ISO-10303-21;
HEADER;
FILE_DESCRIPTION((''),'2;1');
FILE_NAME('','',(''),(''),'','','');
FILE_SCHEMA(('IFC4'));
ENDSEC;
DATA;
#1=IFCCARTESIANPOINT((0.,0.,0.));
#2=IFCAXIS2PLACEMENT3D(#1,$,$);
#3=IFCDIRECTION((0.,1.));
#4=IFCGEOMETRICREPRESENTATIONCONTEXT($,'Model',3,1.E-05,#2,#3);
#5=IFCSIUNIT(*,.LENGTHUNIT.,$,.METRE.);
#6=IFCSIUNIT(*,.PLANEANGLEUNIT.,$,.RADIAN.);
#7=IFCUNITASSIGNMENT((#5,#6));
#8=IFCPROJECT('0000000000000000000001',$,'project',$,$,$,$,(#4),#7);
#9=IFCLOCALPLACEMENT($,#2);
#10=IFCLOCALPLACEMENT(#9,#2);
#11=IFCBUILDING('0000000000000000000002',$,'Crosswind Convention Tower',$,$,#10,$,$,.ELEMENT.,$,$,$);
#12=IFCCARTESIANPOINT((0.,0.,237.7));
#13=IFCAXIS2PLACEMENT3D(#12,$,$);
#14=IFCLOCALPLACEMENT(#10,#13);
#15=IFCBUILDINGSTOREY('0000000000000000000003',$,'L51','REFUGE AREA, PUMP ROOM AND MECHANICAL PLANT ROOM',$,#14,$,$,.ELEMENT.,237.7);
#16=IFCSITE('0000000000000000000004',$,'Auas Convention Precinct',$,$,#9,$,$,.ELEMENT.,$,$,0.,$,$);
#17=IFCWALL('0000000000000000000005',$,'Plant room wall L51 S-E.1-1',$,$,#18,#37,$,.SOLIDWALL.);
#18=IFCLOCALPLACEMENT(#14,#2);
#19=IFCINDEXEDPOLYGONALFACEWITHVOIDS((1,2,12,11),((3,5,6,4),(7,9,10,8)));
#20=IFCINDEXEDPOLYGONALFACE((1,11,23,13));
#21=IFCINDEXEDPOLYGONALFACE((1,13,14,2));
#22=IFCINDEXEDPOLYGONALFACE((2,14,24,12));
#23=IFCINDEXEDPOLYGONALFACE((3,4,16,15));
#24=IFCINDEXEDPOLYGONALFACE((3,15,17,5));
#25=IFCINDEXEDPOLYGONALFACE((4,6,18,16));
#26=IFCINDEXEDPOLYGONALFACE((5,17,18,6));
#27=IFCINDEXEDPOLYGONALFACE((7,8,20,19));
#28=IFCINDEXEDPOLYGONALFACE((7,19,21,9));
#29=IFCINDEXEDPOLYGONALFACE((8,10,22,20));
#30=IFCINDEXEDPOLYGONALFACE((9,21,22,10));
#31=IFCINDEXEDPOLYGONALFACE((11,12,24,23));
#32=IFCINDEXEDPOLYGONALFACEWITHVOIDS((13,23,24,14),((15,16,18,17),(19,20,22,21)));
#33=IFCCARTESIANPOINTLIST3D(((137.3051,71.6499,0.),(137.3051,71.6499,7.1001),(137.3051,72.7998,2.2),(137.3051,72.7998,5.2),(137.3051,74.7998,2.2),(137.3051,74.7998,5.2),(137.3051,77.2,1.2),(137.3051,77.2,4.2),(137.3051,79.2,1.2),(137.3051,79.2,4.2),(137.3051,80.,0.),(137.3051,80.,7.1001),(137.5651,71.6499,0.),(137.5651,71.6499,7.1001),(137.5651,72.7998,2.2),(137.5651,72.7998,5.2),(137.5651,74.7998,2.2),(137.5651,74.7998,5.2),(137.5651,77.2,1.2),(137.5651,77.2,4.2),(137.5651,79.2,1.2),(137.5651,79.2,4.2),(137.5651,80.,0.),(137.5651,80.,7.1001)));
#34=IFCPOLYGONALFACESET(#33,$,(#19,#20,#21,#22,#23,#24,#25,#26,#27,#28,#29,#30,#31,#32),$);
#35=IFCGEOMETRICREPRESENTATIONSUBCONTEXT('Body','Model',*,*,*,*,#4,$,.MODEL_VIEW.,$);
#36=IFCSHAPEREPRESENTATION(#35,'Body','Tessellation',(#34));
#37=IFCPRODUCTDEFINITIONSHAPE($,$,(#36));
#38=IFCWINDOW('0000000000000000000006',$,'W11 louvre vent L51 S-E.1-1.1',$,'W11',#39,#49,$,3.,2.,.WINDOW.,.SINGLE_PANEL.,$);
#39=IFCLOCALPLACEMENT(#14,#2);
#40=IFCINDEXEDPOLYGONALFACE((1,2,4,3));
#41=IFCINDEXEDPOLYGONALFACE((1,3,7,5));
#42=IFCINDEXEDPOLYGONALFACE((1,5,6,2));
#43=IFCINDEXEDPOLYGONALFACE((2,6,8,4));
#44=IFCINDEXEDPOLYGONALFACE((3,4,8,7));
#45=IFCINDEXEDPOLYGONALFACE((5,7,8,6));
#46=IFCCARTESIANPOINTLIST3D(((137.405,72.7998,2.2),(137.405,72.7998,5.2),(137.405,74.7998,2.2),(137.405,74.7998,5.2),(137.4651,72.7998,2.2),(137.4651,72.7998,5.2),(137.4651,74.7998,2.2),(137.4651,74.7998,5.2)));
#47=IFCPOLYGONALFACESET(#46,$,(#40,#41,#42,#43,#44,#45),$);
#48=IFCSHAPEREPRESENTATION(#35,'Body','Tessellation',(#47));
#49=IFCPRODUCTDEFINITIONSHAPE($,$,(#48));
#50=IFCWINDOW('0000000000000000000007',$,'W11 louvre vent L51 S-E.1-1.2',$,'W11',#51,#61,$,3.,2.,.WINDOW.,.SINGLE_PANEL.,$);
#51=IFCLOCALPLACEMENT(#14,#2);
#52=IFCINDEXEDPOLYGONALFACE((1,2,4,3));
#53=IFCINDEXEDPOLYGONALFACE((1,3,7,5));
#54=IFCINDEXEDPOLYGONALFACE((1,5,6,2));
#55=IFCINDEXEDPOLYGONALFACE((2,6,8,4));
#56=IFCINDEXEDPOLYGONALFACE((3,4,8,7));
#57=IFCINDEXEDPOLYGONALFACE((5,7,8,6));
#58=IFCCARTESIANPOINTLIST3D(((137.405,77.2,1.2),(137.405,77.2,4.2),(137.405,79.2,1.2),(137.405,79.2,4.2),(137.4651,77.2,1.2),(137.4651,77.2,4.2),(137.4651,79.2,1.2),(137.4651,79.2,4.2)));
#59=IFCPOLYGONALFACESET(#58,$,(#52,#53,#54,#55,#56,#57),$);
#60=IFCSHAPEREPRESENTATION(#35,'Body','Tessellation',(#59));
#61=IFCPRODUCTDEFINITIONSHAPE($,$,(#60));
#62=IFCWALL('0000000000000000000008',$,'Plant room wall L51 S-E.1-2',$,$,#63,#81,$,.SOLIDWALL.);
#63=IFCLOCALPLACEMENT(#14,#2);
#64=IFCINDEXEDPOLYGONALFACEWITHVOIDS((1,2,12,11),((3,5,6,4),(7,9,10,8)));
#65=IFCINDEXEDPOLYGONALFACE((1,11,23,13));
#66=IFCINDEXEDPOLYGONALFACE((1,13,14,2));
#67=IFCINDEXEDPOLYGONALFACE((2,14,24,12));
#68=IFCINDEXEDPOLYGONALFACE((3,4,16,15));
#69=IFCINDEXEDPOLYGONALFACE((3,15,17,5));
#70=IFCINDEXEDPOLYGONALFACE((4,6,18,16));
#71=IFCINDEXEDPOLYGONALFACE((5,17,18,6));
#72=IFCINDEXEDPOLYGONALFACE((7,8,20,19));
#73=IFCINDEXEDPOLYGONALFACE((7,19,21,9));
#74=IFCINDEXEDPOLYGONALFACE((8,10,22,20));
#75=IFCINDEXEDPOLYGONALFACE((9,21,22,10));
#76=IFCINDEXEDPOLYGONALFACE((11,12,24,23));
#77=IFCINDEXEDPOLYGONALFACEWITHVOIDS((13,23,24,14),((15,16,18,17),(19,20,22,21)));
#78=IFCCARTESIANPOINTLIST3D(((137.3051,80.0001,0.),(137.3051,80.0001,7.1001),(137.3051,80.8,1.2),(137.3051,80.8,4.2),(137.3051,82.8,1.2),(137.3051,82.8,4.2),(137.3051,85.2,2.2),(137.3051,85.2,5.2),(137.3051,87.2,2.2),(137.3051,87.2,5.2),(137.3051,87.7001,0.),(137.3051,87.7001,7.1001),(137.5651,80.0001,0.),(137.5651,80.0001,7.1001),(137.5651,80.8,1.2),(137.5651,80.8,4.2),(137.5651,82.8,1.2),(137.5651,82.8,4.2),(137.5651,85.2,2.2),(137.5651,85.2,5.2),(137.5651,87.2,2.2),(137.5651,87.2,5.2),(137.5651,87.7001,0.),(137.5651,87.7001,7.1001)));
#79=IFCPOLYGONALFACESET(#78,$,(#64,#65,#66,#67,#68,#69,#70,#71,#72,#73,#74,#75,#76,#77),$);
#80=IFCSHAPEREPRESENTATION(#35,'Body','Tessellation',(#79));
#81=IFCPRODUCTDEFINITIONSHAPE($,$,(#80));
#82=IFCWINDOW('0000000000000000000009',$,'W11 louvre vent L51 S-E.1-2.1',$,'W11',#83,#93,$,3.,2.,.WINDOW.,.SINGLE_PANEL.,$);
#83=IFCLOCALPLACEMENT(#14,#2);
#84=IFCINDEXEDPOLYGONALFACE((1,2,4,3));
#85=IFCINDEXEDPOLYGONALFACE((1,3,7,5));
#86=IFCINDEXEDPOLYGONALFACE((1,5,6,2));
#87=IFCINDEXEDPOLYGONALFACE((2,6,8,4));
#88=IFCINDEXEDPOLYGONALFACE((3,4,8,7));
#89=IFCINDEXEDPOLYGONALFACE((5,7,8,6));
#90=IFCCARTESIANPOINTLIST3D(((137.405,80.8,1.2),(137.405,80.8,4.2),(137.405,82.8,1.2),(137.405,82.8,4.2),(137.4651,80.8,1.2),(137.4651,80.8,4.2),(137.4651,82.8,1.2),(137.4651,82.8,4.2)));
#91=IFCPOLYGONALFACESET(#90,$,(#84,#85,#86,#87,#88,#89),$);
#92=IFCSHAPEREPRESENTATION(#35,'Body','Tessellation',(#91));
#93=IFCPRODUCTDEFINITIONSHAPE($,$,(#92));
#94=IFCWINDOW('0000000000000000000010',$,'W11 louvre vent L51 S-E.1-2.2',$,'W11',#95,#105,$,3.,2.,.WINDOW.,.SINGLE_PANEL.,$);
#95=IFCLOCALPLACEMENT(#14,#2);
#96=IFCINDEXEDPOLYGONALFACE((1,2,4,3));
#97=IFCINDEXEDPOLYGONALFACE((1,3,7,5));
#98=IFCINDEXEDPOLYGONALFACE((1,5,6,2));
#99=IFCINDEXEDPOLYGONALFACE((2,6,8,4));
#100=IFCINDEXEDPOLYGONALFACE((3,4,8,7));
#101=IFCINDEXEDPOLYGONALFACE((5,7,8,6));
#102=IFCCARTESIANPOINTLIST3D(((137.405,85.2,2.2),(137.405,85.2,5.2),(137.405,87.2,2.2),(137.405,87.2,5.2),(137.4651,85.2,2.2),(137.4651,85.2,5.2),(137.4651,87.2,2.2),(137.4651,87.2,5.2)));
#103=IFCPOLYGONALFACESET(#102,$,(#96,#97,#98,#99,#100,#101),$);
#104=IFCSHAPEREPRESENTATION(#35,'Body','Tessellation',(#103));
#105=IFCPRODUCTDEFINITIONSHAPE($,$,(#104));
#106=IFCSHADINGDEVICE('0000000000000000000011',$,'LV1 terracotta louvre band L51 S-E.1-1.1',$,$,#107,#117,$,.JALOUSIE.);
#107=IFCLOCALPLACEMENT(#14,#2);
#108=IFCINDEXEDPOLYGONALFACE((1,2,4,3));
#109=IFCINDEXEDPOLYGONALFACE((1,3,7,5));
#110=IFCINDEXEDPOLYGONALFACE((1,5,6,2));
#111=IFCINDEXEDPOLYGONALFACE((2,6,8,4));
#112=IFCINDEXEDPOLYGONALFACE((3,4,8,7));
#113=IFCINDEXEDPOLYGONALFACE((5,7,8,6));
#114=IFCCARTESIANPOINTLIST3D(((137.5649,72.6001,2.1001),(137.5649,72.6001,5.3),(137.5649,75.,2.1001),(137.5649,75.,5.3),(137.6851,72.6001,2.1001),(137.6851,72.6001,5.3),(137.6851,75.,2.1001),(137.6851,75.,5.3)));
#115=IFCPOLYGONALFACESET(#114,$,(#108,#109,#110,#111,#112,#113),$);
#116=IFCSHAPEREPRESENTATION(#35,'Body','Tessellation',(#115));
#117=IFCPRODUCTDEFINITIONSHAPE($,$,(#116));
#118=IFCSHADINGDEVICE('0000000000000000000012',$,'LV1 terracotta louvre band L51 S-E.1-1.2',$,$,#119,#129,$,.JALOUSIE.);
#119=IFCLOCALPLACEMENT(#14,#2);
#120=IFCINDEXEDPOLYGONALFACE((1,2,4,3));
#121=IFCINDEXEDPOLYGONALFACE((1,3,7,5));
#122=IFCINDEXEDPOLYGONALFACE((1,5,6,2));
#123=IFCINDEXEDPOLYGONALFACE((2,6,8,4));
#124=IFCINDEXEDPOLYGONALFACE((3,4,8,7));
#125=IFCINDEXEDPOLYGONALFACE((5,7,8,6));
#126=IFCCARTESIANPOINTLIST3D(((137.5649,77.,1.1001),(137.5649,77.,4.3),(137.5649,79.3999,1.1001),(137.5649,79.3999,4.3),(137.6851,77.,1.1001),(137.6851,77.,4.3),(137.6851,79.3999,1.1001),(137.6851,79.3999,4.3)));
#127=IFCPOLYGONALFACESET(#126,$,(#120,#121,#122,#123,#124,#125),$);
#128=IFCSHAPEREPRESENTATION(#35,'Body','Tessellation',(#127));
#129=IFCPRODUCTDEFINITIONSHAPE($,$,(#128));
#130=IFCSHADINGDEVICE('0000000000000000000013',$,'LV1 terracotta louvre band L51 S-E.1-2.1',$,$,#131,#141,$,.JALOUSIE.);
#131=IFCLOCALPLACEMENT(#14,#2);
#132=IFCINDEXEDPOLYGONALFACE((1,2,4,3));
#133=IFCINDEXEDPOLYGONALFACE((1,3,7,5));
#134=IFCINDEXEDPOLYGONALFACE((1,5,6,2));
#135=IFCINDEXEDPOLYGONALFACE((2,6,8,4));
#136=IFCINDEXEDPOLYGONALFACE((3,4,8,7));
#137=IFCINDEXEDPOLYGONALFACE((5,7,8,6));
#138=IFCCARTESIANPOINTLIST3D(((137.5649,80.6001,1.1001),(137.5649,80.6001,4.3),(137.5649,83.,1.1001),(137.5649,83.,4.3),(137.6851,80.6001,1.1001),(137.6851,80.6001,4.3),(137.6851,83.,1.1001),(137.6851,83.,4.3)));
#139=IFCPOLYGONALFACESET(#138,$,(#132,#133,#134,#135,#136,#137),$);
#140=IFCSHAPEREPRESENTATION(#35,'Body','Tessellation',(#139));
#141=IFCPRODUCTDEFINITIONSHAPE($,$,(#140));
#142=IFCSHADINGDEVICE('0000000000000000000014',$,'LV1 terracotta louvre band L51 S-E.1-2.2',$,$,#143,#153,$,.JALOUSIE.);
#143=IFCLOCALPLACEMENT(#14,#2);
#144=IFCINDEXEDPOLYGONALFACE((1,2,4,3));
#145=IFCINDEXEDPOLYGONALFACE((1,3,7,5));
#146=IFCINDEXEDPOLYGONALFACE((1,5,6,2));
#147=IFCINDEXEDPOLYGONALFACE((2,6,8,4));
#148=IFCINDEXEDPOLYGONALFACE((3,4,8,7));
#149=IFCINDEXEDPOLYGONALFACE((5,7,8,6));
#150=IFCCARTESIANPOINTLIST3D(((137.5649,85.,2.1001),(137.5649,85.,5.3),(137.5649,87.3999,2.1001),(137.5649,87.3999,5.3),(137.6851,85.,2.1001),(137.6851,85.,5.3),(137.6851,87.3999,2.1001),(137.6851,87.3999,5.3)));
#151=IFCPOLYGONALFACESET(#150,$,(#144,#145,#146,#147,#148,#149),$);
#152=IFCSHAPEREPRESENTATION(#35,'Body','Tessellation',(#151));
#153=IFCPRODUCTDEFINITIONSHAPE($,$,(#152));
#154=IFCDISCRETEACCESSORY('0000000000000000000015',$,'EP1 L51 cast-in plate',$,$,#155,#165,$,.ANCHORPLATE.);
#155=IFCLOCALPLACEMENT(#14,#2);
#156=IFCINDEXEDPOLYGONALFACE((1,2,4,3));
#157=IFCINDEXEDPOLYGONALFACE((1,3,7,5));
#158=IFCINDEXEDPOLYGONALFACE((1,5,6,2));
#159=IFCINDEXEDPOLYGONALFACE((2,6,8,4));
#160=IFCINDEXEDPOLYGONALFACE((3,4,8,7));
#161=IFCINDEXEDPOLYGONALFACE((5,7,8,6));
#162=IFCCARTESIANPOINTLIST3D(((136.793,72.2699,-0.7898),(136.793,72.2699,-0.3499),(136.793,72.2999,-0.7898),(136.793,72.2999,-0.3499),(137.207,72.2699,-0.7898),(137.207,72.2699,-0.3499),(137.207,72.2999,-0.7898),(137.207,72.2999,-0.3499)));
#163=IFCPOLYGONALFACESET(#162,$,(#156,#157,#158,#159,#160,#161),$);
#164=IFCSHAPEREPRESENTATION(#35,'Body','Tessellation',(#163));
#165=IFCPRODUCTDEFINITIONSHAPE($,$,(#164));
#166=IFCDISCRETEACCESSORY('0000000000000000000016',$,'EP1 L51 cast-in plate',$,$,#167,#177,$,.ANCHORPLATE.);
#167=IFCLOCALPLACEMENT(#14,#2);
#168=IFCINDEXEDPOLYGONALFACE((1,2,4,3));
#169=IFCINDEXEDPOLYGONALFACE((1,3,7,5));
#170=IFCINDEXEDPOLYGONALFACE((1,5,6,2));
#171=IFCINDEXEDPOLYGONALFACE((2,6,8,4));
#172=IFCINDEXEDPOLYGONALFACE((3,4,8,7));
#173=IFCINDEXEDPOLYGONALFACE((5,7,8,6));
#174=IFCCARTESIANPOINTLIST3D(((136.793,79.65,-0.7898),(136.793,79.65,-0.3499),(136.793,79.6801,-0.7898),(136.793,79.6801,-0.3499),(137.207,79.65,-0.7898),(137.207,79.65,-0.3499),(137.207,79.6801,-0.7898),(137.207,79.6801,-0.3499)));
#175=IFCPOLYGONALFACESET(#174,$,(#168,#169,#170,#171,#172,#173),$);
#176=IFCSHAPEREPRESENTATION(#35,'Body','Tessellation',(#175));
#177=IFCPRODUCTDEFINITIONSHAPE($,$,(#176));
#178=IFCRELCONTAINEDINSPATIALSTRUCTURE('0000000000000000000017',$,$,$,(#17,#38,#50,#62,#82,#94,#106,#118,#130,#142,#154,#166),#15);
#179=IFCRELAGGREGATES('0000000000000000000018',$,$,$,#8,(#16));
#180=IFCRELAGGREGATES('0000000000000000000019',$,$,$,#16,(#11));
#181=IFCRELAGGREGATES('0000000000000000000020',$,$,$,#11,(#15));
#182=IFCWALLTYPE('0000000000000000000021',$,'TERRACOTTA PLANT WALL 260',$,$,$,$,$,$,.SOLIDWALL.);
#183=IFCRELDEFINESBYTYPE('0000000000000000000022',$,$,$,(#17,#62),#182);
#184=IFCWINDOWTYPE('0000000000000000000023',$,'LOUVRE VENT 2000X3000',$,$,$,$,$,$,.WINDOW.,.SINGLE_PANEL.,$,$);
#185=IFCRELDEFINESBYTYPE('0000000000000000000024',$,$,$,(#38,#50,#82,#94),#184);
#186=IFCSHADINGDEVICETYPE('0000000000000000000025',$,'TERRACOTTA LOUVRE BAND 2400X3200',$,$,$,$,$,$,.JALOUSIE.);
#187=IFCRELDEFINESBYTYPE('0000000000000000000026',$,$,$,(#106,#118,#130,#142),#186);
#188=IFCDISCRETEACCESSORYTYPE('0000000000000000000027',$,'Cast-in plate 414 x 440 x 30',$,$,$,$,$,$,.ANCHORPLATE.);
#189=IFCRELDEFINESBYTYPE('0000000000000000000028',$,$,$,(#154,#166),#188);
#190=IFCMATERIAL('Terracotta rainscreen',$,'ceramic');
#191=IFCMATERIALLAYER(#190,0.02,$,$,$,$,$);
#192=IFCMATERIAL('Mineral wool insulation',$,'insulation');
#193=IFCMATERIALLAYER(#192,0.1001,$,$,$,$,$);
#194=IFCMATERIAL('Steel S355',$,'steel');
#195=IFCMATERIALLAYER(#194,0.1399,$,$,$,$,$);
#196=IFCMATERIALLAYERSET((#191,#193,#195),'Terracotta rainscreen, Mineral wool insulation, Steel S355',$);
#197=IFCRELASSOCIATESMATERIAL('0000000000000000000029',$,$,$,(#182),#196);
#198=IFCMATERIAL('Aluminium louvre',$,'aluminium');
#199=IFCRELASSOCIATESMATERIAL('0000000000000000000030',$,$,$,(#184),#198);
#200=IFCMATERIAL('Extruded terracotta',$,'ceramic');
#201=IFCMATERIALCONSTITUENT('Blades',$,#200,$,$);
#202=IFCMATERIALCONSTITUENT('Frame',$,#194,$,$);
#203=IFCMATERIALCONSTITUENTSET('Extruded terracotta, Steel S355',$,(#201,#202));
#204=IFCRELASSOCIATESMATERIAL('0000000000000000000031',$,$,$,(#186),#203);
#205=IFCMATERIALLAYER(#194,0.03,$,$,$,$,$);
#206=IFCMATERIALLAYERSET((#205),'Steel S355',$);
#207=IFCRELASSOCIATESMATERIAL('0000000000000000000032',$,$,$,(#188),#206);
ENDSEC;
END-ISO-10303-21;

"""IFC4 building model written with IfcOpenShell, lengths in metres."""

from ifc_helpers import new_model, si_unit, direction, frame, frame_2d, origin, origin_2d, place, context, subcontext, project, spatial, rectangle, extrude, material, layer, layer_set, constituent, constituent_set, type_object, element, fill, save


model = new_model("IFC4")

# Units and contexts
model_context = context("Model", 3, precision=1e-05, world=origin(), true_north=direction((0.0, 1.0)))
body_context = subcontext(model_context, "Body", "Model", "MODEL_VIEW")
ifc_project = project(units=[si_unit("LENGTHUNIT", "METRE"), si_unit("PLANEANGLEUNIT", "RADIAN")], contexts=[model_context])

# Site, building, storey
site_placement = place(None, origin())
site = spatial("IfcSite", under=ifc_project, at=site_placement, Name="Auas Convention Precinct", CompositionType="ELEMENT", RefElevation=0.0)
building_placement = place(site_placement, origin())
building = spatial("IfcBuilding", under=site, at=building_placement, Name="Crosswind Convention Tower", CompositionType="ELEMENT")
storey_placement = place(building_placement, frame((0.0, 0.0, 237.7)))
storey = spatial("IfcBuildingStorey", under=building, at=storey_placement, Name="L51", Description="REFUGE AREA, PUMP ROOM AND MECHANICAL PLANT ROOM", CompositionType="ELEMENT", Elevation=237.7)

# Shared definitions
ifc_material_1 = material(Name="Steel S355", Category="steel")

# Walls, openings, windows
ifc_material_2 = material(Name="Terracotta rainscreen", Category="ceramic")
ifc_layer_1 = layer(ifc_material_2, 0.02)
ifc_material_3 = material(Name="Mineral wool insulation", Category="insulation")
ifc_layer_2 = layer(ifc_material_3, 0.1001)
ifc_layer_3 = layer(ifc_material_1, 0.1399)
ifc_layer_set_1 = layer_set([ifc_layer_1, ifc_layer_2, ifc_layer_3], Name="Terracotta rainscreen, Mineral wool insulation, Steel S355")
wall_type = type_object("IfcWallType", Name="TERRACOTTA PLANT WALL 260", PredefinedType="SOLIDWALL", material=ifc_layer_set_1)
wall_1_placement = place(storey_placement, frame((137.4351, 71.6499, 0.0), z_axis=(0.0, 0.0, 1.0), x_axis=(0.0, 1.0, 0.0)))
wall_1 = element("IfcWall", 1, at=wall_1_placement, inside=storey, type_object=wall_type, Name="Plant room wall L51 S-E.1-1", PredefinedType="SOLIDWALL", context=body_context, shape_type="SweptSolid", body=[
    extrude(rectangle(XDim=8.3501, YDim=0.26, at=frame_2d((4.175, 0.0))), origin(), (0.0, 0.0, 1.0), 7.1001),
])
opening_1_placement = place(wall_1_placement, frame((1.1499, 0.0, 2.2)))
opening_1 = element("IfcOpeningElement", 2, at=opening_1_placement, cuts=wall_1, PredefinedType="OPENING", context=body_context, shape_type="SweptSolid", body=[
    extrude(rectangle(XDim=2.0, YDim=3.0, at=frame_2d((1.0, 1.5))), frame((0.0, 0.1399, 0.0), z_axis=(0.0, -1.0, 0.0), x_axis=(1.0, 0.0, 0.0)), (0.0, 0.0, 1.0), 0.28),
])
opening_2_placement = place(wall_1_placement, frame((5.55, 0.0, 1.2)))
opening_2 = element("IfcOpeningElement", 3, at=opening_2_placement, cuts=wall_1, PredefinedType="OPENING", context=body_context, shape_type="SweptSolid", body=[
    extrude(rectangle(XDim=2.0, YDim=3.0, at=frame_2d((1.0, 1.5))), frame((0.0, 0.1399, 0.0), z_axis=(0.0, -1.0, 0.0), x_axis=(1.0, 0.0, 0.0)), (0.0, 0.0, 1.0), 0.28),
])
ifc_material_4 = material(Name="Aluminium louvre", Category="aluminium")
window_type = type_object("IfcWindowType", Name="LOUVRE VENT 2000X3000", PartitioningType="SINGLE_PANEL", PredefinedType="WINDOW", material=ifc_material_4)
window_1_placement = place(opening_1_placement, origin())
window_1 = element("IfcWindow", 4, at=window_1_placement, inside=storey, type_object=window_type, Name="W11 louvre vent L51 S-E.1-1.1", ObjectType="W11", OverallHeight=3.0, OverallWidth=2.0, PartitioningType="SINGLE_PANEL", PredefinedType="WINDOW", context=body_context, shape_type="SweptSolid", body=[
    extrude(rectangle(XDim=2.0, YDim=3.0, at=frame_2d((1.0, 1.5))), frame((0.0, 0.03, 0.0), z_axis=(0.0, -1.0, 0.0), x_axis=(1.0, 0.0, 0.0)), (0.0, 0.0, 1.0), 0.0601),
])
fill(opening_1, window_1)
window_2_placement = place(opening_2_placement, origin())
window_2 = element("IfcWindow", 5, at=window_2_placement, inside=storey, type_object=window_type, Name="W11 louvre vent L51 S-E.1-1.2", ObjectType="W11", OverallHeight=3.0, OverallWidth=2.0, PartitioningType="SINGLE_PANEL", PredefinedType="WINDOW", context=body_context, shape_type="SweptSolid", body=[
    extrude(rectangle(XDim=2.0, YDim=3.0, at=frame_2d((1.0, 1.5))), frame((0.0, 0.03, 0.0), z_axis=(0.0, -1.0, 0.0), x_axis=(1.0, 0.0, 0.0)), (0.0, 0.0, 1.0), 0.0601),
])
fill(opening_2, window_2)
wall_2_placement = place(storey_placement, frame((137.4351, 80.0, 0.0), z_axis=(0.0, 0.0, 1.0), x_axis=(0.0, 1.0, 0.0)))
wall_2 = element("IfcWall", 6, at=wall_2_placement, inside=storey, type_object=wall_type, Name="Plant room wall L51 S-E.1-2", PredefinedType="SOLIDWALL", context=body_context, shape_type="SweptSolid", body=[
    extrude(rectangle(XDim=7.7, YDim=0.26, at=frame_2d((3.8501, 0.0))), origin(), (0.0, 0.0, 1.0), 7.1001),
])
opening_3_placement = place(wall_2_placement, frame((0.8, 0.0, 1.2)))
opening_3 = element("IfcOpeningElement", 7, at=opening_3_placement, cuts=wall_2, PredefinedType="OPENING", context=body_context, shape_type="SweptSolid", body=[
    extrude(rectangle(XDim=2.0, YDim=3.0, at=frame_2d((1.0, 1.5))), frame((0.0, 0.1399, 0.0), z_axis=(0.0, -1.0, 0.0), x_axis=(1.0, 0.0, 0.0)), (0.0, 0.0, 1.0), 0.28),
])
opening_4_placement = place(wall_2_placement, frame((5.2, 0.0, 2.2)))
opening_4 = element("IfcOpeningElement", 8, at=opening_4_placement, cuts=wall_2, PredefinedType="OPENING", context=body_context, shape_type="SweptSolid", body=[
    extrude(rectangle(XDim=2.0, YDim=3.0, at=frame_2d((1.0, 1.5))), frame((0.0, 0.1399, 0.0), z_axis=(0.0, -1.0, 0.0), x_axis=(1.0, 0.0, 0.0)), (0.0, 0.0, 1.0), 0.28),
])
window_3_placement = place(opening_3_placement, origin())
window_3 = element("IfcWindow", 9, at=window_3_placement, inside=storey, type_object=window_type, Name="W11 louvre vent L51 S-E.1-2.1", ObjectType="W11", OverallHeight=3.0, OverallWidth=2.0, PartitioningType="SINGLE_PANEL", PredefinedType="WINDOW", context=body_context, shape_type="SweptSolid", body=[
    extrude(rectangle(XDim=2.0, YDim=3.0, at=frame_2d((1.0, 1.5))), frame((0.0, 0.03, 0.0), z_axis=(0.0, -1.0, 0.0), x_axis=(1.0, 0.0, 0.0)), (0.0, 0.0, 1.0), 0.0601),
])
fill(opening_3, window_3)
window_4_placement = place(opening_4_placement, origin())
window_4 = element("IfcWindow", 10, at=window_4_placement, inside=storey, type_object=window_type, Name="W11 louvre vent L51 S-E.1-2.2", ObjectType="W11", OverallHeight=3.0, OverallWidth=2.0, PartitioningType="SINGLE_PANEL", PredefinedType="WINDOW", context=body_context, shape_type="SweptSolid", body=[
    extrude(rectangle(XDim=2.0, YDim=3.0, at=frame_2d((1.0, 1.5))), frame((0.0, 0.03, 0.0), z_axis=(0.0, -1.0, 0.0), x_axis=(1.0, 0.0, 0.0)), (0.0, 0.0, 1.0), 0.0601),
])
fill(opening_4, window_4)

# Shading devices
ifc_material_5 = material(Name="Extruded terracotta", Category="ceramic")
ifc_constituent_1 = constituent(ifc_material_5, Name="Blades")
ifc_constituent_2 = constituent(ifc_material_1, Name="Frame")
ifc_constituent_set = constituent_set(constituents=[ifc_constituent_1, ifc_constituent_2], Name="Extruded terracotta, Steel S355")
shading_device_type = type_object("IfcShadingDeviceType", Name="TERRACOTTA LOUVRE BAND 2400X3200", PredefinedType="JALOUSIE", material=ifc_constituent_set)
for number, where, z_axis, x_axis, name in (
    (11, (137.625, 73.8, 2.1001), (0.0, 0.0, 1.0), (0.0, 1.0, 0.0), "LV1 terracotta louvre band L51 S-E.1-1.1"),
    (12, (137.625, 78.2, 1.1001), (0.0, 0.0, 1.0), (0.0, 1.0, 0.0), "LV1 terracotta louvre band L51 S-E.1-1.2"),
    (13, (137.625, 81.8, 1.1001), (0.0, 0.0, 1.0), (0.0, 1.0, 0.0), "LV1 terracotta louvre band L51 S-E.1-2.1"),
    (14, (137.625, 86.2, 2.1001), (0.0, 0.0, 1.0), (0.0, 1.0, 0.0), "LV1 terracotta louvre band L51 S-E.1-2.2"),
):
    element("IfcShadingDevice", number, at=place(storey_placement, frame(where, z_axis=z_axis, x_axis=x_axis)), inside=storey, type_object=shading_device_type, Name=name, PredefinedType="JALOUSIE", context=body_context, shape_type="SweptSolid", body=[
        extrude(rectangle(XDim=2.3999, YDim=0.1201, at=origin_2d()), origin(), (0.0, 0.0, 1.0), 3.2),
    ])

# Discrete accessories
ifc_layer_4 = layer(ifc_material_1, 0.03)
ifc_layer_set_2 = layer_set([ifc_layer_4], Name="Steel S355")
discrete_accessory_type_1 = type_object("IfcDiscreteAccessoryType", Name="Cast-in plate 414 x 440 x 30", PredefinedType="ANCHORPLATE", material=ifc_layer_set_2)
for number, where, z_axis, x_axis, name in (
    (15, (137.0, 72.2849, -0.7898), (0.0, 0.0, 1.0), (1.0, 0.0, 0.0), "EP1 L51 cast-in plate"),
    (16, (137.0, 79.665, -0.7898), (0.0, 0.0, 1.0), (1.0, 0.0, 0.0), "EP1 L51 cast-in plate"),
):
    element("IfcDiscreteAccessory", number, at=place(storey_placement, frame(where, z_axis=z_axis, x_axis=x_axis)), inside=storey, type_object=discrete_accessory_type_1, Name=name, PredefinedType="ANCHORPLATE", context=body_context, shape_type="SweptSolid", body=[
        extrude(rectangle(XDim=0.4141, YDim=0.03, at=origin_2d()), origin(), (0.0, 0.0, 1.0), 0.4399),
    ])

save(model, "model.ifc")
